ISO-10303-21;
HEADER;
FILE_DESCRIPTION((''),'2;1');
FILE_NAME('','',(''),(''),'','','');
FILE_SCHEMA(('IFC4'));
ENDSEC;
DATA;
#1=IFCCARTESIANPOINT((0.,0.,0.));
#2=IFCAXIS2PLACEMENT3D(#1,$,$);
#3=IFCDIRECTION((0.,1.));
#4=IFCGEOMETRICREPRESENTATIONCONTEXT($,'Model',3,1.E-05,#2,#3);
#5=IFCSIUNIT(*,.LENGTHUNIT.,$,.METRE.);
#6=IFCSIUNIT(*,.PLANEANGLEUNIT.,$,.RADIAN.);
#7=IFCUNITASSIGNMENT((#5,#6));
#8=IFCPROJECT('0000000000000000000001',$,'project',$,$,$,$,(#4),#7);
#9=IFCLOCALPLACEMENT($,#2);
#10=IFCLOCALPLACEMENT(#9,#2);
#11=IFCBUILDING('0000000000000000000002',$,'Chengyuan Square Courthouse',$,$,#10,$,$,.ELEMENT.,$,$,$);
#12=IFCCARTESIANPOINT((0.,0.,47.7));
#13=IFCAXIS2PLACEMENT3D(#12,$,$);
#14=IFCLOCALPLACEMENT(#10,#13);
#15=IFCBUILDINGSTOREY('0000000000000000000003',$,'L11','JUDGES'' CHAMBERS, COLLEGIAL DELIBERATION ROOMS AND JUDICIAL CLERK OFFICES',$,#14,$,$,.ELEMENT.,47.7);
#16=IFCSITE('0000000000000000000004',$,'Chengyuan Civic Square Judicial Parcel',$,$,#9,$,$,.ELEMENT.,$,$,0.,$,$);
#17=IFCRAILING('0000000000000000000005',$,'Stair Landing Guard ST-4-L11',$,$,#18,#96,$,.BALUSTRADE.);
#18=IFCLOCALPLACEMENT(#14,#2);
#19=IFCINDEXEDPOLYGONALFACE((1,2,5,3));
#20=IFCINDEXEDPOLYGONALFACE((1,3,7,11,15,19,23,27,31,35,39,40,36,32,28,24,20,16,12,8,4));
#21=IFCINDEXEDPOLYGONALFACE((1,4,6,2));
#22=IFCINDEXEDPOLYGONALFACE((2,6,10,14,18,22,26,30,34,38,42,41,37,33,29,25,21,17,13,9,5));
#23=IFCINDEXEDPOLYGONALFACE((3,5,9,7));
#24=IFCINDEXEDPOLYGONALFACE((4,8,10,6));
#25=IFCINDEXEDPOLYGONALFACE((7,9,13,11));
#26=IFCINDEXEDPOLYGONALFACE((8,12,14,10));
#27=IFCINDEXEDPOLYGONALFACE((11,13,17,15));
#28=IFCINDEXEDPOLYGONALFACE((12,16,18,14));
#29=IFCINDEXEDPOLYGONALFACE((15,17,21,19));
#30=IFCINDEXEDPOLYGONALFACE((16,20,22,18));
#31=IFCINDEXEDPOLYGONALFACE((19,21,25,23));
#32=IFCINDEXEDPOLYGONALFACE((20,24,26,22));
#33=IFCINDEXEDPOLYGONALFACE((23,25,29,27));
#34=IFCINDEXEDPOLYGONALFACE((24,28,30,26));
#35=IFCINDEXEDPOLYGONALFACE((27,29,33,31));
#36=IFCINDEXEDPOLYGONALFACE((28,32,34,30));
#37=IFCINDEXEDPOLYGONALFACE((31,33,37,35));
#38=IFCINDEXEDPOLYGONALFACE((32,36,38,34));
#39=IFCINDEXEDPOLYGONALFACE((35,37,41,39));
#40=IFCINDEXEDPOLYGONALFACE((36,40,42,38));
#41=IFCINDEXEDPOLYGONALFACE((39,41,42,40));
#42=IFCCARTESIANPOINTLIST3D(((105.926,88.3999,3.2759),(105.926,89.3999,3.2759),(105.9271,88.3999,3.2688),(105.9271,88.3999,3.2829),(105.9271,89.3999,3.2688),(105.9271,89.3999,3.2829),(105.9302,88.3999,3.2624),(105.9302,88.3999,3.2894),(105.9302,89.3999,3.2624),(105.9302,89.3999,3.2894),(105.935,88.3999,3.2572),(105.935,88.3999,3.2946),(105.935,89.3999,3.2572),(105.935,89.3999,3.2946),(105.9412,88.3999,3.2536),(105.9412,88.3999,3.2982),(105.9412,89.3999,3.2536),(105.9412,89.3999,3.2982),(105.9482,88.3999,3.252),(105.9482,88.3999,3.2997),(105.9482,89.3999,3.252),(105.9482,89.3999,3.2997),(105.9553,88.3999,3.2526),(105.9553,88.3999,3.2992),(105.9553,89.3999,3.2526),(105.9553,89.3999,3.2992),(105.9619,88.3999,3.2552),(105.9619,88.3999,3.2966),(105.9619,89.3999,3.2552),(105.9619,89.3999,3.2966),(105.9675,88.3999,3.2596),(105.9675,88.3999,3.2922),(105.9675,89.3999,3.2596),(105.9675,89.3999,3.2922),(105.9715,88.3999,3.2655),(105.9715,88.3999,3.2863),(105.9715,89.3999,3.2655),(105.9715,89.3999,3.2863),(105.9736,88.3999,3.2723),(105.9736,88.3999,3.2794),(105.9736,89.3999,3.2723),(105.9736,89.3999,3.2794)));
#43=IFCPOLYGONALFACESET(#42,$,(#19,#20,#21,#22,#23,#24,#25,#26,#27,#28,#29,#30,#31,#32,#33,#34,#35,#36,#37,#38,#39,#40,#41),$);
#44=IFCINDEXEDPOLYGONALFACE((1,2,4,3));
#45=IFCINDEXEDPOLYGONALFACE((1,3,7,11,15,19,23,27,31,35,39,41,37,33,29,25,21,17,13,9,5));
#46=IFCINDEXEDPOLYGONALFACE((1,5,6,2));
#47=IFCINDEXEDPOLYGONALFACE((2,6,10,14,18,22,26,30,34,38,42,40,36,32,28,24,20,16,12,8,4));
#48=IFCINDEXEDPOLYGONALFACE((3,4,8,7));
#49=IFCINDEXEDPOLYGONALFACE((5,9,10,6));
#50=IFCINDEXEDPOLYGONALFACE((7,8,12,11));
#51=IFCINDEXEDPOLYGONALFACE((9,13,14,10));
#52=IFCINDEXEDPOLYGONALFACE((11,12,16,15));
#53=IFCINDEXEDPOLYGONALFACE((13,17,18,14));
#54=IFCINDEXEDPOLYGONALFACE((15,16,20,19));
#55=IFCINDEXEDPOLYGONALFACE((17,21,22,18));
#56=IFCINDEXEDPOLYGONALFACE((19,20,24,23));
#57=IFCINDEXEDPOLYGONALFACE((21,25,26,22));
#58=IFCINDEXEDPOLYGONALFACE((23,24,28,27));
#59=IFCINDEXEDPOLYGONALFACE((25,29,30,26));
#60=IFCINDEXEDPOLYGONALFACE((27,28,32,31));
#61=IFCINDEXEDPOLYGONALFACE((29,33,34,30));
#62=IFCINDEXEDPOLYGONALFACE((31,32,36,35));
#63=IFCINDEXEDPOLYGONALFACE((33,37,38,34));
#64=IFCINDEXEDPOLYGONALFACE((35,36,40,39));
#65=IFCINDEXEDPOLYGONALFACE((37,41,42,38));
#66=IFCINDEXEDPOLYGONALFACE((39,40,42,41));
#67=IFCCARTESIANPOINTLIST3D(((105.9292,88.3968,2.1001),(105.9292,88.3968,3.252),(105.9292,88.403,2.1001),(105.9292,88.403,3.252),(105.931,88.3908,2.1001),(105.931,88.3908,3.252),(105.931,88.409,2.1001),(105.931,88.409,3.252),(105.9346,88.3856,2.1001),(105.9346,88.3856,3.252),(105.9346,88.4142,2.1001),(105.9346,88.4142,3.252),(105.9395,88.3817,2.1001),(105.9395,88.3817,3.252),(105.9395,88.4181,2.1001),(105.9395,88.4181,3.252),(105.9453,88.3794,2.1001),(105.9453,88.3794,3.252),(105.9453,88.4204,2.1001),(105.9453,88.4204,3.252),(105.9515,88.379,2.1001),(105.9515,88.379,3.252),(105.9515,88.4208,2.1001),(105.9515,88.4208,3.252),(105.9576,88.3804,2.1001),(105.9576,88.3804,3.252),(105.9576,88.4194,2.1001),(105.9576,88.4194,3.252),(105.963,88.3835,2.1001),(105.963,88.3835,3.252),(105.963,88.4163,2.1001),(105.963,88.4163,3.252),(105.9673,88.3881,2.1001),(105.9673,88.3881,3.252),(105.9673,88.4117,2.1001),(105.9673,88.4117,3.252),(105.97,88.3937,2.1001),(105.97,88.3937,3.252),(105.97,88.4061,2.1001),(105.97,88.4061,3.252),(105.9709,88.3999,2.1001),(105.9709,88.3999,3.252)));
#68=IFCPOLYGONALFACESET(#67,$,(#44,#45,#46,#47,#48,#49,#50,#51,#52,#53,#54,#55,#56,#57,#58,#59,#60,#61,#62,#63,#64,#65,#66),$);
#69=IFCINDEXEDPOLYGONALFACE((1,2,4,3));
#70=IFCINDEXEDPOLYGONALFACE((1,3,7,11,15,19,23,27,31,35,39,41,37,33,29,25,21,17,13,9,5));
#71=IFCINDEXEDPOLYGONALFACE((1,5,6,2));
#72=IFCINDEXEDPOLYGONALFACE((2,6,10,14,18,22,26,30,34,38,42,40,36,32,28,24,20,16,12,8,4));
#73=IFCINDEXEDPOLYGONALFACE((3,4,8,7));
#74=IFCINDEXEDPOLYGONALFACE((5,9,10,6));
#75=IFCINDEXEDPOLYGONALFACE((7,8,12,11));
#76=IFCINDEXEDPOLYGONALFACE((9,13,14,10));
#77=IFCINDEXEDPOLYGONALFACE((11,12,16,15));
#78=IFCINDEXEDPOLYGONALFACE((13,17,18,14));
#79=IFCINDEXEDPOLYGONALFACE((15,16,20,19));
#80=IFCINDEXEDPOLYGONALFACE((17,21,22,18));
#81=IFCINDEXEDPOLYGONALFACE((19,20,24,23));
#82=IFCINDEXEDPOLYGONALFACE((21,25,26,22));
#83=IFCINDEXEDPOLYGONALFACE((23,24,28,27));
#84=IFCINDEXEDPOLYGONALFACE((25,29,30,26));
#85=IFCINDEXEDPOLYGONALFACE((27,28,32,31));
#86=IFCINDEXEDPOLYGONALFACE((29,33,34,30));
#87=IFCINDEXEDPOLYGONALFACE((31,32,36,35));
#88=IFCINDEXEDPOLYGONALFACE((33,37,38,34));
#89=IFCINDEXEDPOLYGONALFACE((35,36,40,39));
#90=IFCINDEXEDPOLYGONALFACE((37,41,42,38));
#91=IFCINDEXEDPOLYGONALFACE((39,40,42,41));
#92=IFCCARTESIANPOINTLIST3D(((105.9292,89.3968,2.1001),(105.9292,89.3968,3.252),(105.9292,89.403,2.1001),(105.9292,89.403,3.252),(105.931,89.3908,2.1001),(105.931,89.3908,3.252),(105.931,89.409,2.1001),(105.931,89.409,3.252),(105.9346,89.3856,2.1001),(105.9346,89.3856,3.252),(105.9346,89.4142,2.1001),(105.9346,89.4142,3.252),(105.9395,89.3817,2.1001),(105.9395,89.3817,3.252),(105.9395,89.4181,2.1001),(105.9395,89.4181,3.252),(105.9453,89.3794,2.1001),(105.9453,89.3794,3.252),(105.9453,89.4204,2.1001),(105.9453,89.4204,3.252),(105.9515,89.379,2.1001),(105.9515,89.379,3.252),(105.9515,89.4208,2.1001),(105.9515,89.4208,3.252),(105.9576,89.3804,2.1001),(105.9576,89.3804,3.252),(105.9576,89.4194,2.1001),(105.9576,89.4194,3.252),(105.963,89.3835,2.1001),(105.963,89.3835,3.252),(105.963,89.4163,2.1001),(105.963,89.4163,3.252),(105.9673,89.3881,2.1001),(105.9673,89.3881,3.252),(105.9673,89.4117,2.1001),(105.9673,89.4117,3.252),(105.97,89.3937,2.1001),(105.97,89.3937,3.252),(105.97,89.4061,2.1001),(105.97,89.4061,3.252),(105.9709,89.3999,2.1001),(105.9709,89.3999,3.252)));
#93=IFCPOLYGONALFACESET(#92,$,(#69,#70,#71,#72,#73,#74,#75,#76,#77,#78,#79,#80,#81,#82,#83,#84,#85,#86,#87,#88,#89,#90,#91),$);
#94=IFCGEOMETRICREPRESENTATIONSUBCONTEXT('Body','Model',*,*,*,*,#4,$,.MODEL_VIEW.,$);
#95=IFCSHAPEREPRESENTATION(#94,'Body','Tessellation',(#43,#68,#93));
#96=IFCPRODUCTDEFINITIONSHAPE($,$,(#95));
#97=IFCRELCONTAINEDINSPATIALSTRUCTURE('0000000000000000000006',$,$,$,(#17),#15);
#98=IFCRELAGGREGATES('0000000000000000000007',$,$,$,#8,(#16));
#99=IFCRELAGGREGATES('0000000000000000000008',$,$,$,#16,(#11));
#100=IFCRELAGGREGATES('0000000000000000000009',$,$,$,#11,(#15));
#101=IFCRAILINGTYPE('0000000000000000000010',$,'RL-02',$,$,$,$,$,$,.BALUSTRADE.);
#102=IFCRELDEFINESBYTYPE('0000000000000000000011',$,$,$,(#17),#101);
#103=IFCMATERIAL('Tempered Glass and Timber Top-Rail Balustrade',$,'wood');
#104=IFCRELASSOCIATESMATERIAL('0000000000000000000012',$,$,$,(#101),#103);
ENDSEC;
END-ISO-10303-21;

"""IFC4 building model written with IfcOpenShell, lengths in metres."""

from ifc_helpers import new_model, si_unit, direction, frame, origin, origin_2d, place, context, subcontext, project, spatial, circle, extrude, material, type_object, element, save


model = new_model("IFC4")

# Units and contexts
model_context = context("Model", 3, precision=1e-05, world=origin(), true_north=direction((0.0, 1.0)))
body_context = subcontext(model_context, "Body", "Model", "MODEL_VIEW")
ifc_project = project(units=[si_unit("LENGTHUNIT", "METRE"), si_unit("PLANEANGLEUNIT", "RADIAN")], contexts=[model_context])

# Site, building, storey
site_placement = place(None, origin())
site = spatial("IfcSite", under=ifc_project, at=site_placement, Name="Chengyuan Civic Square Judicial Parcel", CompositionType="ELEMENT", RefElevation=0.0)
building_placement = place(site_placement, origin())
building = spatial("IfcBuilding", under=site, at=building_placement, Name="Chengyuan Square Courthouse", CompositionType="ELEMENT")
storey_placement = place(building_placement, frame((0.0, 0.0, 47.7)))
storey = spatial("IfcBuildingStorey", under=building, at=storey_placement, Name="L11", Description="JUDGES' CHAMBERS, COLLEGIAL DELIBERATION ROOMS AND JUDICIAL CLERK OFFICES", CompositionType="ELEMENT", Elevation=47.7)

# Railing
ifc_material_1 = material(Name="Tempered Glass and Timber Top-Rail Balustrade", Category="wood")
railing_type_1 = type_object("IfcRailingType", Name="RL-02", PredefinedType="BALUSTRADE", material=ifc_material_1)
for number, where, name in (
    (1, (105.95, 88.3999, 2.1001), "Stair Landing Guard ST-4-L11"),
):
    element("IfcRailing", number, at=place(storey_placement, frame(where)), inside=storey, type_object=railing_type_1, Name=name, PredefinedType="BALUSTRADE", context=body_context, shape_type="SweptSolid", body=[
        extrude(circle(Radius=0.0239, at=origin_2d()), frame((0.0, 0.0, 1.1758), z_axis=(0.0, 1.0, 0.0), x_axis=(-1.0, 0.0, 0.0)), (0.0, 0.0, 1.0), 1.0),
        extrude(circle(Radius=0.021, at=origin_2d()), origin(), (0.0, 0.0, 1.0), 1.1519),
        extrude(circle(Radius=0.021, at=origin_2d()), frame((0.0, 1.0, 0.0)), (0.0, 0.0, 1.0), 1.1519),
    ])

save(model, "model.ifc")
